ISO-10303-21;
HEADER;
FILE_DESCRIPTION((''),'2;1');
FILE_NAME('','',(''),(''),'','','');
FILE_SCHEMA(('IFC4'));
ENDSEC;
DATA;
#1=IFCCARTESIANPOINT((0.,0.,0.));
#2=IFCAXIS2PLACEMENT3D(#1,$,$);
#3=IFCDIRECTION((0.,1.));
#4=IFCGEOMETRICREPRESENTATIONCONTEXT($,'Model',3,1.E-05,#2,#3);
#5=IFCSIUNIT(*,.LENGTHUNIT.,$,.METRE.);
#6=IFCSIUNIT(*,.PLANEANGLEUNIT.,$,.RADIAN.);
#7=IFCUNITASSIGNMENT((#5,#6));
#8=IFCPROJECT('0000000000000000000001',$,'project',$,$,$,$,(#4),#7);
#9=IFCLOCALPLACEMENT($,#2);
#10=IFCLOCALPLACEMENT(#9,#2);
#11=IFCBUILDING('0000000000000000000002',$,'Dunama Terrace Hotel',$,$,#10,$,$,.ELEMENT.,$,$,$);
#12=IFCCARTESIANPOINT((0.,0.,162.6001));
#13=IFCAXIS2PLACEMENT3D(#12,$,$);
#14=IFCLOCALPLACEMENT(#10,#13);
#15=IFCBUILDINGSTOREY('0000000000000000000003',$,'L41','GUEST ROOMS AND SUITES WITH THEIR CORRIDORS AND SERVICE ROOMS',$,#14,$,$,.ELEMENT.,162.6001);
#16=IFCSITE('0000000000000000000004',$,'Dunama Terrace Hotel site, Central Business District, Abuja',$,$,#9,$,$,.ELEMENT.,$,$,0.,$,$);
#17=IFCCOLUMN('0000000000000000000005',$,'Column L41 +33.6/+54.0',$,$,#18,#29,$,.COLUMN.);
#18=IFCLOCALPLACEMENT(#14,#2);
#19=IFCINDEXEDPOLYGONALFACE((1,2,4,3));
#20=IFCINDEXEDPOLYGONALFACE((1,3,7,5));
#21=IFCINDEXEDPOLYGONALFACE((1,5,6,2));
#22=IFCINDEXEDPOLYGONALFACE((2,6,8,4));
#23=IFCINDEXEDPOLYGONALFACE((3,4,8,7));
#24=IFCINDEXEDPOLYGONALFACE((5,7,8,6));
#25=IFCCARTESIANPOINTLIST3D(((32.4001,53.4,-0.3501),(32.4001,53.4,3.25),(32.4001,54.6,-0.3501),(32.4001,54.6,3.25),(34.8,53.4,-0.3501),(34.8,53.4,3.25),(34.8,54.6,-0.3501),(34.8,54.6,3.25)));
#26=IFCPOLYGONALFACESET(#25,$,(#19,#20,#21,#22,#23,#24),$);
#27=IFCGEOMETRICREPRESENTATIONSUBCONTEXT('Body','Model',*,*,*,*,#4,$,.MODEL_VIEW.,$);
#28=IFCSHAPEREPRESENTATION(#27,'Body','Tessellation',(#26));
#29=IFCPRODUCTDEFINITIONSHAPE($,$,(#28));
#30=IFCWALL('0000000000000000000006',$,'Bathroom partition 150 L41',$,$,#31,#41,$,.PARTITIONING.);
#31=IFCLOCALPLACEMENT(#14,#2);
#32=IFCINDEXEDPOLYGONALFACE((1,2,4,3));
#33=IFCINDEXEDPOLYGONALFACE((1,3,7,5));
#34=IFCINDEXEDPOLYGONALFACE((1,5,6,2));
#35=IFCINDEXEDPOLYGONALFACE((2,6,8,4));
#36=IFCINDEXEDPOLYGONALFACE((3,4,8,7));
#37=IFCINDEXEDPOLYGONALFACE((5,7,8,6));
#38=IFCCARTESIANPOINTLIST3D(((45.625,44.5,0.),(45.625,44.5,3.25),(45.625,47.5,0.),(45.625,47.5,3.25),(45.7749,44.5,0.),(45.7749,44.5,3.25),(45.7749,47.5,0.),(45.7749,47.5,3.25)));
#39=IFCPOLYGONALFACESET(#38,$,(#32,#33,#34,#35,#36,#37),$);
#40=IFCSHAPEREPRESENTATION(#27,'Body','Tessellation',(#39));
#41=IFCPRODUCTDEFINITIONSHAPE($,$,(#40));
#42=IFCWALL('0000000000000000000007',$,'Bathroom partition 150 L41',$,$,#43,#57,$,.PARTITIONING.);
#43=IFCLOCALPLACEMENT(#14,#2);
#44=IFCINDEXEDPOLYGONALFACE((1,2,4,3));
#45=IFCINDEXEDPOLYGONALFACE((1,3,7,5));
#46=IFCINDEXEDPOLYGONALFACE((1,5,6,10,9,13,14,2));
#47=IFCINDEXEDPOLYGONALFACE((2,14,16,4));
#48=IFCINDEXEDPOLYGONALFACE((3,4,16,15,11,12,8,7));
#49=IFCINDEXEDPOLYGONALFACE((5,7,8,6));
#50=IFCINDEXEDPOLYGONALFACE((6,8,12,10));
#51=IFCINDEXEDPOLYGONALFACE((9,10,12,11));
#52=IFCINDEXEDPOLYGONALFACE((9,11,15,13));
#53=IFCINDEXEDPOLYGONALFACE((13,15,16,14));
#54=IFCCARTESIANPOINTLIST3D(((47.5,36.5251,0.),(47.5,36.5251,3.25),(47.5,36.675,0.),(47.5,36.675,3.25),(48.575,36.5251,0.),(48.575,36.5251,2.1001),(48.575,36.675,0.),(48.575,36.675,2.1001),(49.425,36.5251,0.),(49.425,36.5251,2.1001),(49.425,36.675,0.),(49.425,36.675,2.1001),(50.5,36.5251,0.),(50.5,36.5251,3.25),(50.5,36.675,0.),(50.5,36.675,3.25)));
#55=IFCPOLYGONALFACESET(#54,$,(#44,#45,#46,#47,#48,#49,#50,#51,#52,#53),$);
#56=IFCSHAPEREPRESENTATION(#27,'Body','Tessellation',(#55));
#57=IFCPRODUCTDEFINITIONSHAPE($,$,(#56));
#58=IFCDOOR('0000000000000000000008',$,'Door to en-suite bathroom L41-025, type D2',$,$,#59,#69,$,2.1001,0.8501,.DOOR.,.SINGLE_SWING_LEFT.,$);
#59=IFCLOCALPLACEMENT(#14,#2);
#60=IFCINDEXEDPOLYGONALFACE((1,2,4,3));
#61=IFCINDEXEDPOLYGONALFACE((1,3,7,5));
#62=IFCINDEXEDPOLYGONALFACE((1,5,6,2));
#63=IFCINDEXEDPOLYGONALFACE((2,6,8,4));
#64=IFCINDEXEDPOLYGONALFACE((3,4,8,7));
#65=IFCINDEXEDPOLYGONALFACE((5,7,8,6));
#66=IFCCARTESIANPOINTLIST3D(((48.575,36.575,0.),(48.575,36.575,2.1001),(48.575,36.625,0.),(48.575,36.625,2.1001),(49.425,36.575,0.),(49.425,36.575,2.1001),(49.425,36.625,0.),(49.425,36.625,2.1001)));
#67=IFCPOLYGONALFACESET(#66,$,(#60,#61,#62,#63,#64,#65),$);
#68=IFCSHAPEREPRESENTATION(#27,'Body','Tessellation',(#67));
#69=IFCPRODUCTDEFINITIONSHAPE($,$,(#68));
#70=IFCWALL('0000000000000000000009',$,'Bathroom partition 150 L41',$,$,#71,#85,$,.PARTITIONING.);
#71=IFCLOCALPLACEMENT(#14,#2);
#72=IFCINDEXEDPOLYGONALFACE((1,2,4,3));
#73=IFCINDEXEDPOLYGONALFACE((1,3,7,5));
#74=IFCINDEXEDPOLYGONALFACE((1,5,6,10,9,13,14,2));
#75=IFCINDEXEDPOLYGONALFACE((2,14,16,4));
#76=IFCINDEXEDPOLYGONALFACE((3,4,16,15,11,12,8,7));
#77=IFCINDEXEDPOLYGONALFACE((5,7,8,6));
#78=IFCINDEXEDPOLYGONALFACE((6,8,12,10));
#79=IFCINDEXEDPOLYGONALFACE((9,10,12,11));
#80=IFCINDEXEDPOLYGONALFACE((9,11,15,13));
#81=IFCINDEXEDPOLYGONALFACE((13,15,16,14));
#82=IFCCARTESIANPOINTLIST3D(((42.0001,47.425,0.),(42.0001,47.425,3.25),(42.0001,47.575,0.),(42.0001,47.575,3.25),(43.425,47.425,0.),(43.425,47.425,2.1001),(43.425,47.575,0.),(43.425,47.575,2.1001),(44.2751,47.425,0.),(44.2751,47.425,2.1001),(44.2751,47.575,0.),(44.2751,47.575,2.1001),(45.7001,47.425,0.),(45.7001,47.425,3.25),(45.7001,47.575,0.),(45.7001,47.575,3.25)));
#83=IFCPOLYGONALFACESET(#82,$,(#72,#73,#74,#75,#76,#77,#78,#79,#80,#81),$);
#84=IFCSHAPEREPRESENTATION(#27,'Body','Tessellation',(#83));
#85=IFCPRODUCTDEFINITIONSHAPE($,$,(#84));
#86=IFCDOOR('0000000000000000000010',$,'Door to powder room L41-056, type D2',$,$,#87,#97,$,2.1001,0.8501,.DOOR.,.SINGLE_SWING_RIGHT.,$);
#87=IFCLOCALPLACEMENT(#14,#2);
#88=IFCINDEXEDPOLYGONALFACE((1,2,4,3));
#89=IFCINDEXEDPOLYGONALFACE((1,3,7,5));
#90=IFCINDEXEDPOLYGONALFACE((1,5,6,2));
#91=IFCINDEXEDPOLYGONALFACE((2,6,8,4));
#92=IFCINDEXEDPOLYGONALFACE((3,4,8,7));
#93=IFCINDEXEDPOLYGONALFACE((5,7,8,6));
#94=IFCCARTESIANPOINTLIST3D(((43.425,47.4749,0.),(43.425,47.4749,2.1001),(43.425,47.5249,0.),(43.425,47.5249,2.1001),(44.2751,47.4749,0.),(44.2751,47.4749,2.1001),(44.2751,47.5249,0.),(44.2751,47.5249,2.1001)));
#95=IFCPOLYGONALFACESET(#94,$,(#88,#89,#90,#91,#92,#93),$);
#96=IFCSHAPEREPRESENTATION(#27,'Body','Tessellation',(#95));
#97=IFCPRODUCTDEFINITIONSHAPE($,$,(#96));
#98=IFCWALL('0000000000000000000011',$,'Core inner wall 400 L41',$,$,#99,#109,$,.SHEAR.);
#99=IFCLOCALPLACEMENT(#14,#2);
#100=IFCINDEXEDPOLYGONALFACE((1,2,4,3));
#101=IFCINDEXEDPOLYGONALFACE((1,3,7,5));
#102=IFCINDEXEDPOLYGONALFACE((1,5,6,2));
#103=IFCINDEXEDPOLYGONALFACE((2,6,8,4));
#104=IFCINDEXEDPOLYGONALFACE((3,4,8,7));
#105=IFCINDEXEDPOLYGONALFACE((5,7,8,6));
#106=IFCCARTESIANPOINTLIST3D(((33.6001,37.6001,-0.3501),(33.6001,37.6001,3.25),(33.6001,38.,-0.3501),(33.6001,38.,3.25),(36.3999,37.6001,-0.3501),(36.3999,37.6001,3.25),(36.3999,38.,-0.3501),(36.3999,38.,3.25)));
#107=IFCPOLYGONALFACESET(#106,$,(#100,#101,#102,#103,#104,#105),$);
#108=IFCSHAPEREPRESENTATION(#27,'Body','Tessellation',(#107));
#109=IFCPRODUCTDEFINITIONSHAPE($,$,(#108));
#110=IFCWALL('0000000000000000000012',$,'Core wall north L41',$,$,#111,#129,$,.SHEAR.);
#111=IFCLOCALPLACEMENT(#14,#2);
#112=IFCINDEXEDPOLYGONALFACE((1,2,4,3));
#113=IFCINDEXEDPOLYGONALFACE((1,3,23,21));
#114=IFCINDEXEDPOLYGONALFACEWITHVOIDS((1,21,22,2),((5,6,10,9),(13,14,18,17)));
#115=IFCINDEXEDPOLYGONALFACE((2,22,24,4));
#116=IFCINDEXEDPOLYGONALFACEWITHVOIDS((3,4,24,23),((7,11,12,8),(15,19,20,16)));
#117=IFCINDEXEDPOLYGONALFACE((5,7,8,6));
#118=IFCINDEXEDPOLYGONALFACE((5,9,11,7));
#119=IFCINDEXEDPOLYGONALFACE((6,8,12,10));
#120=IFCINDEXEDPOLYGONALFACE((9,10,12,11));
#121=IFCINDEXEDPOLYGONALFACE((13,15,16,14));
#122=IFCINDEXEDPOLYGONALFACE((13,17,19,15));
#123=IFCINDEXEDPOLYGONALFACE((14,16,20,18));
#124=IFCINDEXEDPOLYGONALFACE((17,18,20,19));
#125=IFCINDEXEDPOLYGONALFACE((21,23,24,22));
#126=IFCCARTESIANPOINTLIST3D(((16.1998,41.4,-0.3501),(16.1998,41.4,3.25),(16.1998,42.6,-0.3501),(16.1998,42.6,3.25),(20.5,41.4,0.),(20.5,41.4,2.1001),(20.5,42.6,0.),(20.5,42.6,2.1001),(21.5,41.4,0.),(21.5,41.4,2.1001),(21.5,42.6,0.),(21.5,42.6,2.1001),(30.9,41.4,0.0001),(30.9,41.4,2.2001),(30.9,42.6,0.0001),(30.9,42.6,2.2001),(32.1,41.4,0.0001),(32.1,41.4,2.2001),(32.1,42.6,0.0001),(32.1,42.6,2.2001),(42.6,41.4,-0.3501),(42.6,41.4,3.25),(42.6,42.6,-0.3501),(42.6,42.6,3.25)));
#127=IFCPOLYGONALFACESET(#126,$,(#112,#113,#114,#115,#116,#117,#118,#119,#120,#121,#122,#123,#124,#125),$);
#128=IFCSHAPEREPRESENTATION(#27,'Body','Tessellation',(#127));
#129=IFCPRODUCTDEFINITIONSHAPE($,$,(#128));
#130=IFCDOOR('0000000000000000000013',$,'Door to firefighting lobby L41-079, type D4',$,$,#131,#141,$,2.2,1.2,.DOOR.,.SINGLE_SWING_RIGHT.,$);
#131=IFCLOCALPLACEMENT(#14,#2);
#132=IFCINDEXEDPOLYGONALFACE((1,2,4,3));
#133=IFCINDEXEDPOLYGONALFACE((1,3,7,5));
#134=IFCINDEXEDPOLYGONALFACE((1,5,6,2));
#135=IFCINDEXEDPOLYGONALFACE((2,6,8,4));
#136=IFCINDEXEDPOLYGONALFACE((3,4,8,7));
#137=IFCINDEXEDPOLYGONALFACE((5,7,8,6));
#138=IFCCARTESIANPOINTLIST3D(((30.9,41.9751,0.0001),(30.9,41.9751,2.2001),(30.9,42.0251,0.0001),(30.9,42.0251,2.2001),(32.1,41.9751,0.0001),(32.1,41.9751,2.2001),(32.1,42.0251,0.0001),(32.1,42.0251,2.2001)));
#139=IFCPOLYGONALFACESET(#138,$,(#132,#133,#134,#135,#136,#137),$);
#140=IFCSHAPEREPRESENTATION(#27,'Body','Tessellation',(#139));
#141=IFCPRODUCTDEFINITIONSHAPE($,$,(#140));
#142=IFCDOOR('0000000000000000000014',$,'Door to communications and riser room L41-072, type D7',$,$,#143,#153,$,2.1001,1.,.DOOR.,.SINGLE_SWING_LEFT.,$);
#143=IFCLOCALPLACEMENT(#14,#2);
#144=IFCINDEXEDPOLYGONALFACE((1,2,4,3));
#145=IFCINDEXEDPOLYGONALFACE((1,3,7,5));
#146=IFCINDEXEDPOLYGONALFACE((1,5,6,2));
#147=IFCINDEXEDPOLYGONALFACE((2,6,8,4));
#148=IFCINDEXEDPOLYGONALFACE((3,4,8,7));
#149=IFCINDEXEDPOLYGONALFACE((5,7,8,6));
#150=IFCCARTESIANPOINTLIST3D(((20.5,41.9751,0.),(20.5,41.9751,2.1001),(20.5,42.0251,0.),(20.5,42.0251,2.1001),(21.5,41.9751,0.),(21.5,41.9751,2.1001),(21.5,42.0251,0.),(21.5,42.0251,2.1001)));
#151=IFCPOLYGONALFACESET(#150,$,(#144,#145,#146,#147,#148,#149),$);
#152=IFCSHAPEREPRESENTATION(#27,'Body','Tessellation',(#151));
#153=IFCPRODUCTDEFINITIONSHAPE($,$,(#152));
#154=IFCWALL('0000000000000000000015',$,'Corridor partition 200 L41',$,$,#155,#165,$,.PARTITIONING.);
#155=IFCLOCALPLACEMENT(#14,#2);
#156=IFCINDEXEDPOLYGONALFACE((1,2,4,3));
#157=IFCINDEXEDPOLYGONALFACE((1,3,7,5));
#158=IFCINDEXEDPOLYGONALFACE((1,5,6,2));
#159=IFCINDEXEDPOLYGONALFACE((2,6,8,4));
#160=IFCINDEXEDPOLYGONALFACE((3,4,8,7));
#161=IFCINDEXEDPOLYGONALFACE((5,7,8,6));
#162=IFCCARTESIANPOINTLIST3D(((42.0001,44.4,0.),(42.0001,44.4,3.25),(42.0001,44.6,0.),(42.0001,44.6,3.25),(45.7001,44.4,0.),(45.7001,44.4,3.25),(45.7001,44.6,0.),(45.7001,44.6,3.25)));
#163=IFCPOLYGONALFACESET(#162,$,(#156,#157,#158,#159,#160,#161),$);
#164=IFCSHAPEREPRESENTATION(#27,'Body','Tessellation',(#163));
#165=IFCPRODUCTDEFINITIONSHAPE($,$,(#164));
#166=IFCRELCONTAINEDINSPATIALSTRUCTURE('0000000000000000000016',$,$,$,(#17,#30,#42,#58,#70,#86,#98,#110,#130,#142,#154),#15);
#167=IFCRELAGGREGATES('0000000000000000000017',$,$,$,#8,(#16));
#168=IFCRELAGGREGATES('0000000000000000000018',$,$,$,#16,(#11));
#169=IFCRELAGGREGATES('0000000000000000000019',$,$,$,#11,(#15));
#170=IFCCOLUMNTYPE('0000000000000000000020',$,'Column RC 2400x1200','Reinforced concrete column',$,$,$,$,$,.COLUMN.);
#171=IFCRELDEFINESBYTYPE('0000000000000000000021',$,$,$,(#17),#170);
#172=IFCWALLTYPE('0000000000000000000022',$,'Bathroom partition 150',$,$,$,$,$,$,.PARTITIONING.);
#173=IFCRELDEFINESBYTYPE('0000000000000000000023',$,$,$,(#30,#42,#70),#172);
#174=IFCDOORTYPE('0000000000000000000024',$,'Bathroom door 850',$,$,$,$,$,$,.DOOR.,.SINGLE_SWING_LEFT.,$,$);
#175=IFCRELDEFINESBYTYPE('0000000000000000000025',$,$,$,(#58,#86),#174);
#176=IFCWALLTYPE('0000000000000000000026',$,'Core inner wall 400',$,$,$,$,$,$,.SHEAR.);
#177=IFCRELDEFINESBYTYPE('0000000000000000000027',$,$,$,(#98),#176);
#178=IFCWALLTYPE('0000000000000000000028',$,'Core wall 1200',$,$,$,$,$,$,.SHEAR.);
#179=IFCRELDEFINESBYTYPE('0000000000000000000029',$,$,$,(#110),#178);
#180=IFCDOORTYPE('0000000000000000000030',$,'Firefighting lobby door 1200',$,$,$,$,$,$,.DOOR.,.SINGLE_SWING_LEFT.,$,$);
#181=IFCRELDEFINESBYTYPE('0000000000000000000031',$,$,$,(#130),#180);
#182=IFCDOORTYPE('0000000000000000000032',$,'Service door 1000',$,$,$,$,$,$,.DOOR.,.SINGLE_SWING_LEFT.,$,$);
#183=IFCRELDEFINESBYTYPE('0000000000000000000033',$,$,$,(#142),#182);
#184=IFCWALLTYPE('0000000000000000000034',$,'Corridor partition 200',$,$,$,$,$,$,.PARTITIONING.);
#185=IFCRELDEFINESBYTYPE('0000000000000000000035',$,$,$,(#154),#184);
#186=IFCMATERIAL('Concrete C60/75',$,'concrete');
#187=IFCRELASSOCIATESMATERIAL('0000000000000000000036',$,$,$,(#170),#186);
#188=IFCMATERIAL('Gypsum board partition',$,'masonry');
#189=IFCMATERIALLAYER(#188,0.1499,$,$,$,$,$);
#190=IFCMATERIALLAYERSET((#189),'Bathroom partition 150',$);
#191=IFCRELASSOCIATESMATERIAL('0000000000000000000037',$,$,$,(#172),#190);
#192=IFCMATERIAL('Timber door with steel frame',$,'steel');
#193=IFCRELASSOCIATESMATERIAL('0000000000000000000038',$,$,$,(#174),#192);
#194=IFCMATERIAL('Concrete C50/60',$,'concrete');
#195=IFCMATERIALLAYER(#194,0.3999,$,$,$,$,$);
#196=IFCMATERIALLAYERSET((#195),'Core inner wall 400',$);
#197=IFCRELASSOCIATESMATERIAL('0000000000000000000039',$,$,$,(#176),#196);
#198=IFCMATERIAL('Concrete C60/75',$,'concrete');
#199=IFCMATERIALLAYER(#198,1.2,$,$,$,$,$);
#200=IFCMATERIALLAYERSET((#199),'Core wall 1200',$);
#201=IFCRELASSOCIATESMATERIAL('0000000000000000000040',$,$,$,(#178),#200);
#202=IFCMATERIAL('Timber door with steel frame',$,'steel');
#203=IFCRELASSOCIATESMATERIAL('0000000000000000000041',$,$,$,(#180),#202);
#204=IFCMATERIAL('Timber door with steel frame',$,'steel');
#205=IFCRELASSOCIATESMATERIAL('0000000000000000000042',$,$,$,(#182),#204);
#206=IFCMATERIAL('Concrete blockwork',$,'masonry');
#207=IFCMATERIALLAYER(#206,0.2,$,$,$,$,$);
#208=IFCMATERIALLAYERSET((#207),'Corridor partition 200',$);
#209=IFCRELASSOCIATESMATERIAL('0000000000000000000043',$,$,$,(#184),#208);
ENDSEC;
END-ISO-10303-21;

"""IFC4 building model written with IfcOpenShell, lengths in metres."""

from ifc_helpers import new_model, si_unit, direction, frame, frame_2d, origin, origin_2d, place, context, subcontext, project, spatial, rectangle, extrude, material, layer, layer_set, material_profile, profile_set, type_object, element, fill, save


model = new_model("IFC4")

# Units and contexts
model_context = context("Model", 3, precision=1e-05, world=origin(), true_north=direction((0.0, 1.0)))
body_context = subcontext(model_context, "Body", "Model", "MODEL_VIEW")
ifc_project = project(units=[si_unit("LENGTHUNIT", "METRE"), si_unit("PLANEANGLEUNIT", "RADIAN")], contexts=[model_context])

# Site, building, storey
site_placement = place(None, origin())
site = spatial("IfcSite", under=ifc_project, at=site_placement, Name="Dunama Terrace Hotel site, Central Business District, Abuja", CompositionType="ELEMENT", RefElevation=0.0)
building_placement = place(site_placement, origin())
building = spatial("IfcBuilding", under=site, at=building_placement, Name="Dunama Terrace Hotel", CompositionType="ELEMENT")
storey_placement = place(building_placement, frame((0.0, 0.0, 162.6001)))
storey = spatial("IfcBuildingStorey", under=building, at=storey_placement, Name="L41", Description="GUEST ROOMS AND SUITES WITH THEIR CORRIDORS AND SERVICE ROOMS", CompositionType="ELEMENT", Elevation=162.6001)

# Column
ifc_material_1 = material(Name="Concrete C60/75", Category="concrete")
ifc_material_profile = material_profile(ifc_material_1, rectangle(XDim=2.3999, YDim=1.2, at=origin_2d()), Name="RC 2400x1200")
ifc_profile_set = profile_set([ifc_material_profile], Name="Concrete C60/75")
column_type = type_object("IfcColumnType", Name="Column RC 2400x1200", Description="Reinforced concrete column", PredefinedType="COLUMN", material=ifc_profile_set)
column_placement = place(storey_placement, frame((33.6001, 54.0, -0.3501), z_axis=(0.0, 0.0, 1.0), x_axis=(1.0, 0.0, 0.0)))
element("IfcColumn", 1, at=column_placement, inside=storey, type_object=column_type, Name="Column L41 +33.6/+54.0", PredefinedType="COLUMN", context=body_context, shape_type="SweptSolid", body=[
    extrude(rectangle(XDim=2.3999, YDim=1.2, at=origin_2d()), origin(), (0.0, 0.0, 1.0), 3.6001),
])

# Wall
ifc_material_2 = material(Name="Gypsum board partition", Category="masonry")
ifc_layer_1 = layer(ifc_material_2, 0.1499)
ifc_layer_set_1 = layer_set([ifc_layer_1], Name="Bathroom partition 150")
wall_type_1 = type_object("IfcWallType", Name="Bathroom partition 150", PredefinedType="PARTITIONING", material=ifc_layer_set_1)
wall_1_placement = place(storey_placement, frame((45.7, 44.5, 0.0), z_axis=(0.0, 0.0, 1.0), x_axis=(0.0, 1.0, 0.0)))
element("IfcWall", 2, at=wall_1_placement, inside=storey, type_object=wall_type_1, Name="Bathroom partition 150 L41", PredefinedType="PARTITIONING", context=body_context, shape_type="SweptSolid", body=[
    extrude(rectangle(XDim=3.0, YDim=0.1499, at=frame_2d((1.5, 0.0))), origin(), (0.0, 0.0, 1.0), 3.25),
])

# Walls, openings, doors
wall_2_placement = place(storey_placement, frame((47.5, 36.6001, 0.0), z_axis=(0.0, 0.0, 1.0), x_axis=(1.0, 0.0, 0.0)))
wall_2 = element("IfcWall", 3, at=wall_2_placement, inside=storey, type_object=wall_type_1, Name="Bathroom partition 150 L41", PredefinedType="PARTITIONING", context=body_context, shape_type="SweptSolid", body=[
    extrude(rectangle(XDim=3.0, YDim=0.1499, at=frame_2d((1.5, 0.0))), origin(), (0.0, 0.0, 1.0), 3.25),
])
opening_1_placement = place(wall_2_placement, frame((1.075, 0.0, 0.0)))
opening_1 = element("IfcOpeningElement", 4, at=opening_1_placement, cuts=wall_2, PredefinedType="OPENING", context=body_context, shape_type="SweptSolid", body=[
    extrude(rectangle(XDim=0.8501, YDim=2.1001, at=frame_2d((0.425, 1.05))), frame((0.0, 0.085, 0.0), z_axis=(0.0, -1.0, 0.0), x_axis=(1.0, 0.0, 0.0)), (0.0, 0.0, 1.0), 0.1699),
])
ifc_material_3 = material(Name="Timber door with steel frame", Category="steel")
door_type_1 = type_object("IfcDoorType", Name="Bathroom door 850", OperationType="SINGLE_SWING_LEFT", PredefinedType="DOOR", material=ifc_material_3)
door_1_placement = place(opening_1_placement, frame((0.8501, 0.0, 0.0), z_axis=(0.0, 0.0, 1.0), x_axis=(-1.0, 0.0, 0.0)))
door_1 = element("IfcDoor", 5, at=door_1_placement, inside=storey, type_object=door_type_1, Name="Door to en-suite bathroom L41-025, type D2", OperationType="SINGLE_SWING_LEFT", OverallHeight=2.1001, OverallWidth=0.8501, PredefinedType="DOOR", context=body_context, shape_type="SweptSolid", body=[
    extrude(rectangle(XDim=0.8501, YDim=2.1001, at=frame_2d((0.425, 1.05))), frame((0.0, 0.0251, 0.0), z_axis=(0.0, -1.0, 0.0), x_axis=(1.0, 0.0, 0.0)), (0.0, 0.0, 1.0), 0.05),
])
fill(opening_1, door_1)
wall_3_placement = place(storey_placement, frame((42.0, 47.5, 0.0), z_axis=(0.0, 0.0, 1.0), x_axis=(1.0, 0.0, 0.0)))
wall_3 = element("IfcWall", 6, at=wall_3_placement, inside=storey, type_object=wall_type_1, Name="Bathroom partition 150 L41", PredefinedType="PARTITIONING", context=body_context, shape_type="SweptSolid", body=[
    extrude(rectangle(XDim=3.7, YDim=0.1499, at=frame_2d((1.8501, 0.0))), origin(), (0.0, 0.0, 1.0), 3.25),
])
opening_2_placement = place(wall_3_placement, frame((1.425, 0.0, 0.0)))
opening_2 = element("IfcOpeningElement", 7, at=opening_2_placement, cuts=wall_3, PredefinedType="OPENING", context=body_context, shape_type="SweptSolid", body=[
    extrude(rectangle(XDim=0.8501, YDim=2.1001, at=frame_2d((0.425, 1.05))), frame((0.0, 0.085, 0.0), z_axis=(0.0, -1.0, 0.0), x_axis=(1.0, 0.0, 0.0)), (0.0, 0.0, 1.0), 0.1699),
])
door_2_placement = place(opening_2_placement, frame((0.8501, 0.0, 0.0), z_axis=(0.0, 0.0, 1.0), x_axis=(-1.0, 0.0, 0.0)))
door_2 = element("IfcDoor", 8, at=door_2_placement, inside=storey, type_object=door_type_1, Name="Door to powder room L41-056, type D2", OperationType="SINGLE_SWING_RIGHT", OverallHeight=2.1001, OverallWidth=0.8501, PredefinedType="DOOR", context=body_context, shape_type="SweptSolid", body=[
    extrude(rectangle(XDim=0.8501, YDim=2.1001, at=frame_2d((0.425, 1.05))), frame((0.0, 0.0251, 0.0), z_axis=(0.0, -1.0, 0.0), x_axis=(1.0, 0.0, 0.0)), (0.0, 0.0, 1.0), 0.05),
])
fill(opening_2, door_2)

# Wall
ifc_material_4 = material(Name="Concrete C50/60", Category="concrete")
ifc_layer_2 = layer(ifc_material_4, 0.3999)
ifc_layer_set_2 = layer_set([ifc_layer_2], Name="Core inner wall 400")
wall_type_2 = type_object("IfcWallType", Name="Core inner wall 400", PredefinedType="SHEAR", material=ifc_layer_set_2)
wall_4_placement = place(storey_placement, frame((33.6001, 37.8, -0.3501), z_axis=(0.0, 0.0, 1.0), x_axis=(1.0, 0.0, 0.0)))
element("IfcWall", 9, at=wall_4_placement, inside=storey, type_object=wall_type_2, Name="Core inner wall 400 L41", PredefinedType="SHEAR", context=body_context, shape_type="SweptSolid", body=[
    extrude(rectangle(XDim=2.7998, YDim=0.3999, at=frame_2d((1.3999, 0.0))), origin(), (0.0, 0.0, 1.0), 3.6001),
])

# Wall, openings, doors
ifc_material_5 = material(Name="Concrete C60/75", Category="concrete")
ifc_layer_3 = layer(ifc_material_5, 1.2)
ifc_layer_set_3 = layer_set([ifc_layer_3], Name="Core wall 1200")
wall_type_3 = type_object("IfcWallType", Name="Core wall 1200", PredefinedType="SHEAR", material=ifc_layer_set_3)
wall_5_placement = place(storey_placement, frame((42.6001, 42.0, -0.3501), z_axis=(0.0, 0.0, 1.0), x_axis=(-1.0, 0.0, 0.0)))
wall_5 = element("IfcWall", 10, at=wall_5_placement, inside=storey, type_object=wall_type_3, Name="Core wall north L41", PredefinedType="SHEAR", context=body_context, shape_type="SweptSolid", body=[
    extrude(rectangle(XDim=26.4001, YDim=1.2, at=frame_2d((13.2002, 0.0))), origin(), (0.0, 0.0, 1.0), 3.6001),
])
opening_3_placement = place(wall_5_placement, frame((21.1001, 0.0, 0.3501)))
opening_3 = element("IfcOpeningElement", 11, at=opening_3_placement, cuts=wall_5, PredefinedType="OPENING", context=body_context, shape_type="SweptSolid", body=[
    extrude(rectangle(XDim=1.0, YDim=2.1001, at=frame_2d((0.5, 1.05))), frame((0.0, 0.6099, 0.0), z_axis=(0.0, -1.0, 0.0), x_axis=(1.0, 0.0, 0.0)), (0.0, 0.0, 1.0), 1.22),
])
opening_4_placement = place(wall_5_placement, frame((10.5, 0.0, 0.3501)))
opening_4 = element("IfcOpeningElement", 12, at=opening_4_placement, cuts=wall_5, PredefinedType="OPENING", context=body_context, shape_type="SweptSolid", body=[
    extrude(rectangle(XDim=1.2, YDim=2.2, at=frame_2d((0.6001, 1.1001))), frame((0.0, 0.6099, 0.0), z_axis=(0.0, -1.0, 0.0), x_axis=(1.0, 0.0, 0.0)), (0.0, 0.0, 1.0), 1.22),
])
ifc_material_6 = material(Name="Timber door with steel frame", Category="steel")
door_type_2 = type_object("IfcDoorType", Name="Firefighting lobby door 1200", OperationType="SINGLE_SWING_LEFT", PredefinedType="DOOR", material=ifc_material_6)
door_3_placement = place(opening_4_placement, origin())
door_3 = element("IfcDoor", 13, at=door_3_placement, inside=storey, type_object=door_type_2, Name="Door to firefighting lobby L41-079, type D4", OperationType="SINGLE_SWING_RIGHT", OverallHeight=2.2, OverallWidth=1.2, PredefinedType="DOOR", context=body_context, shape_type="SweptSolid", body=[
    extrude(rectangle(XDim=1.2, YDim=2.2, at=frame_2d((0.6001, 1.1001))), frame((0.0, 0.0249, 0.0), z_axis=(0.0, -1.0, 0.0), x_axis=(1.0, 0.0, 0.0)), (0.0, 0.0, 1.0), 0.05),
])
fill(opening_4, door_3)
ifc_material_7 = material(Name="Timber door with steel frame", Category="steel")
door_type_3 = type_object("IfcDoorType", Name="Service door 1000", OperationType="SINGLE_SWING_LEFT", PredefinedType="DOOR", material=ifc_material_7)
door_4_placement = place(opening_3_placement, origin())
door_4 = element("IfcDoor", 14, at=door_4_placement, inside=storey, type_object=door_type_3, Name="Door to communications and riser room L41-072, type D7", OperationType="SINGLE_SWING_LEFT", OverallHeight=2.1001, OverallWidth=1.0, PredefinedType="DOOR", context=body_context, shape_type="SweptSolid", body=[
    extrude(rectangle(XDim=1.0, YDim=2.1001, at=frame_2d((0.5, 1.05))), frame((0.0, 0.0249, 0.0), z_axis=(0.0, -1.0, 0.0), x_axis=(1.0, 0.0, 0.0)), (0.0, 0.0, 1.0), 0.05),
])
fill(opening_3, door_4)

# Wall
ifc_material_8 = material(Name="Concrete blockwork", Category="masonry")
ifc_layer_4 = layer(ifc_material_8, 0.2)
ifc_layer_set_4 = layer_set([ifc_layer_4], Name="Corridor partition 200")
wall_type_4 = type_object("IfcWallType", Name="Corridor partition 200", PredefinedType="PARTITIONING", material=ifc_layer_set_4)
wall_6_placement = place(storey_placement, frame((42.0, 44.5, 0.0), z_axis=(0.0, 0.0, 1.0), x_axis=(1.0, 0.0, 0.0)))
element("IfcWall", 15, at=wall_6_placement, inside=storey, type_object=wall_type_4, Name="Corridor partition 200 L41", PredefinedType="PARTITIONING", context=body_context, shape_type="SweptSolid", body=[
    extrude(rectangle(XDim=3.7, YDim=0.2, at=frame_2d((1.8501, 0.0))), origin(), (0.0, 0.0, 1.0), 3.25),
])

save(model, "model.ifc")
